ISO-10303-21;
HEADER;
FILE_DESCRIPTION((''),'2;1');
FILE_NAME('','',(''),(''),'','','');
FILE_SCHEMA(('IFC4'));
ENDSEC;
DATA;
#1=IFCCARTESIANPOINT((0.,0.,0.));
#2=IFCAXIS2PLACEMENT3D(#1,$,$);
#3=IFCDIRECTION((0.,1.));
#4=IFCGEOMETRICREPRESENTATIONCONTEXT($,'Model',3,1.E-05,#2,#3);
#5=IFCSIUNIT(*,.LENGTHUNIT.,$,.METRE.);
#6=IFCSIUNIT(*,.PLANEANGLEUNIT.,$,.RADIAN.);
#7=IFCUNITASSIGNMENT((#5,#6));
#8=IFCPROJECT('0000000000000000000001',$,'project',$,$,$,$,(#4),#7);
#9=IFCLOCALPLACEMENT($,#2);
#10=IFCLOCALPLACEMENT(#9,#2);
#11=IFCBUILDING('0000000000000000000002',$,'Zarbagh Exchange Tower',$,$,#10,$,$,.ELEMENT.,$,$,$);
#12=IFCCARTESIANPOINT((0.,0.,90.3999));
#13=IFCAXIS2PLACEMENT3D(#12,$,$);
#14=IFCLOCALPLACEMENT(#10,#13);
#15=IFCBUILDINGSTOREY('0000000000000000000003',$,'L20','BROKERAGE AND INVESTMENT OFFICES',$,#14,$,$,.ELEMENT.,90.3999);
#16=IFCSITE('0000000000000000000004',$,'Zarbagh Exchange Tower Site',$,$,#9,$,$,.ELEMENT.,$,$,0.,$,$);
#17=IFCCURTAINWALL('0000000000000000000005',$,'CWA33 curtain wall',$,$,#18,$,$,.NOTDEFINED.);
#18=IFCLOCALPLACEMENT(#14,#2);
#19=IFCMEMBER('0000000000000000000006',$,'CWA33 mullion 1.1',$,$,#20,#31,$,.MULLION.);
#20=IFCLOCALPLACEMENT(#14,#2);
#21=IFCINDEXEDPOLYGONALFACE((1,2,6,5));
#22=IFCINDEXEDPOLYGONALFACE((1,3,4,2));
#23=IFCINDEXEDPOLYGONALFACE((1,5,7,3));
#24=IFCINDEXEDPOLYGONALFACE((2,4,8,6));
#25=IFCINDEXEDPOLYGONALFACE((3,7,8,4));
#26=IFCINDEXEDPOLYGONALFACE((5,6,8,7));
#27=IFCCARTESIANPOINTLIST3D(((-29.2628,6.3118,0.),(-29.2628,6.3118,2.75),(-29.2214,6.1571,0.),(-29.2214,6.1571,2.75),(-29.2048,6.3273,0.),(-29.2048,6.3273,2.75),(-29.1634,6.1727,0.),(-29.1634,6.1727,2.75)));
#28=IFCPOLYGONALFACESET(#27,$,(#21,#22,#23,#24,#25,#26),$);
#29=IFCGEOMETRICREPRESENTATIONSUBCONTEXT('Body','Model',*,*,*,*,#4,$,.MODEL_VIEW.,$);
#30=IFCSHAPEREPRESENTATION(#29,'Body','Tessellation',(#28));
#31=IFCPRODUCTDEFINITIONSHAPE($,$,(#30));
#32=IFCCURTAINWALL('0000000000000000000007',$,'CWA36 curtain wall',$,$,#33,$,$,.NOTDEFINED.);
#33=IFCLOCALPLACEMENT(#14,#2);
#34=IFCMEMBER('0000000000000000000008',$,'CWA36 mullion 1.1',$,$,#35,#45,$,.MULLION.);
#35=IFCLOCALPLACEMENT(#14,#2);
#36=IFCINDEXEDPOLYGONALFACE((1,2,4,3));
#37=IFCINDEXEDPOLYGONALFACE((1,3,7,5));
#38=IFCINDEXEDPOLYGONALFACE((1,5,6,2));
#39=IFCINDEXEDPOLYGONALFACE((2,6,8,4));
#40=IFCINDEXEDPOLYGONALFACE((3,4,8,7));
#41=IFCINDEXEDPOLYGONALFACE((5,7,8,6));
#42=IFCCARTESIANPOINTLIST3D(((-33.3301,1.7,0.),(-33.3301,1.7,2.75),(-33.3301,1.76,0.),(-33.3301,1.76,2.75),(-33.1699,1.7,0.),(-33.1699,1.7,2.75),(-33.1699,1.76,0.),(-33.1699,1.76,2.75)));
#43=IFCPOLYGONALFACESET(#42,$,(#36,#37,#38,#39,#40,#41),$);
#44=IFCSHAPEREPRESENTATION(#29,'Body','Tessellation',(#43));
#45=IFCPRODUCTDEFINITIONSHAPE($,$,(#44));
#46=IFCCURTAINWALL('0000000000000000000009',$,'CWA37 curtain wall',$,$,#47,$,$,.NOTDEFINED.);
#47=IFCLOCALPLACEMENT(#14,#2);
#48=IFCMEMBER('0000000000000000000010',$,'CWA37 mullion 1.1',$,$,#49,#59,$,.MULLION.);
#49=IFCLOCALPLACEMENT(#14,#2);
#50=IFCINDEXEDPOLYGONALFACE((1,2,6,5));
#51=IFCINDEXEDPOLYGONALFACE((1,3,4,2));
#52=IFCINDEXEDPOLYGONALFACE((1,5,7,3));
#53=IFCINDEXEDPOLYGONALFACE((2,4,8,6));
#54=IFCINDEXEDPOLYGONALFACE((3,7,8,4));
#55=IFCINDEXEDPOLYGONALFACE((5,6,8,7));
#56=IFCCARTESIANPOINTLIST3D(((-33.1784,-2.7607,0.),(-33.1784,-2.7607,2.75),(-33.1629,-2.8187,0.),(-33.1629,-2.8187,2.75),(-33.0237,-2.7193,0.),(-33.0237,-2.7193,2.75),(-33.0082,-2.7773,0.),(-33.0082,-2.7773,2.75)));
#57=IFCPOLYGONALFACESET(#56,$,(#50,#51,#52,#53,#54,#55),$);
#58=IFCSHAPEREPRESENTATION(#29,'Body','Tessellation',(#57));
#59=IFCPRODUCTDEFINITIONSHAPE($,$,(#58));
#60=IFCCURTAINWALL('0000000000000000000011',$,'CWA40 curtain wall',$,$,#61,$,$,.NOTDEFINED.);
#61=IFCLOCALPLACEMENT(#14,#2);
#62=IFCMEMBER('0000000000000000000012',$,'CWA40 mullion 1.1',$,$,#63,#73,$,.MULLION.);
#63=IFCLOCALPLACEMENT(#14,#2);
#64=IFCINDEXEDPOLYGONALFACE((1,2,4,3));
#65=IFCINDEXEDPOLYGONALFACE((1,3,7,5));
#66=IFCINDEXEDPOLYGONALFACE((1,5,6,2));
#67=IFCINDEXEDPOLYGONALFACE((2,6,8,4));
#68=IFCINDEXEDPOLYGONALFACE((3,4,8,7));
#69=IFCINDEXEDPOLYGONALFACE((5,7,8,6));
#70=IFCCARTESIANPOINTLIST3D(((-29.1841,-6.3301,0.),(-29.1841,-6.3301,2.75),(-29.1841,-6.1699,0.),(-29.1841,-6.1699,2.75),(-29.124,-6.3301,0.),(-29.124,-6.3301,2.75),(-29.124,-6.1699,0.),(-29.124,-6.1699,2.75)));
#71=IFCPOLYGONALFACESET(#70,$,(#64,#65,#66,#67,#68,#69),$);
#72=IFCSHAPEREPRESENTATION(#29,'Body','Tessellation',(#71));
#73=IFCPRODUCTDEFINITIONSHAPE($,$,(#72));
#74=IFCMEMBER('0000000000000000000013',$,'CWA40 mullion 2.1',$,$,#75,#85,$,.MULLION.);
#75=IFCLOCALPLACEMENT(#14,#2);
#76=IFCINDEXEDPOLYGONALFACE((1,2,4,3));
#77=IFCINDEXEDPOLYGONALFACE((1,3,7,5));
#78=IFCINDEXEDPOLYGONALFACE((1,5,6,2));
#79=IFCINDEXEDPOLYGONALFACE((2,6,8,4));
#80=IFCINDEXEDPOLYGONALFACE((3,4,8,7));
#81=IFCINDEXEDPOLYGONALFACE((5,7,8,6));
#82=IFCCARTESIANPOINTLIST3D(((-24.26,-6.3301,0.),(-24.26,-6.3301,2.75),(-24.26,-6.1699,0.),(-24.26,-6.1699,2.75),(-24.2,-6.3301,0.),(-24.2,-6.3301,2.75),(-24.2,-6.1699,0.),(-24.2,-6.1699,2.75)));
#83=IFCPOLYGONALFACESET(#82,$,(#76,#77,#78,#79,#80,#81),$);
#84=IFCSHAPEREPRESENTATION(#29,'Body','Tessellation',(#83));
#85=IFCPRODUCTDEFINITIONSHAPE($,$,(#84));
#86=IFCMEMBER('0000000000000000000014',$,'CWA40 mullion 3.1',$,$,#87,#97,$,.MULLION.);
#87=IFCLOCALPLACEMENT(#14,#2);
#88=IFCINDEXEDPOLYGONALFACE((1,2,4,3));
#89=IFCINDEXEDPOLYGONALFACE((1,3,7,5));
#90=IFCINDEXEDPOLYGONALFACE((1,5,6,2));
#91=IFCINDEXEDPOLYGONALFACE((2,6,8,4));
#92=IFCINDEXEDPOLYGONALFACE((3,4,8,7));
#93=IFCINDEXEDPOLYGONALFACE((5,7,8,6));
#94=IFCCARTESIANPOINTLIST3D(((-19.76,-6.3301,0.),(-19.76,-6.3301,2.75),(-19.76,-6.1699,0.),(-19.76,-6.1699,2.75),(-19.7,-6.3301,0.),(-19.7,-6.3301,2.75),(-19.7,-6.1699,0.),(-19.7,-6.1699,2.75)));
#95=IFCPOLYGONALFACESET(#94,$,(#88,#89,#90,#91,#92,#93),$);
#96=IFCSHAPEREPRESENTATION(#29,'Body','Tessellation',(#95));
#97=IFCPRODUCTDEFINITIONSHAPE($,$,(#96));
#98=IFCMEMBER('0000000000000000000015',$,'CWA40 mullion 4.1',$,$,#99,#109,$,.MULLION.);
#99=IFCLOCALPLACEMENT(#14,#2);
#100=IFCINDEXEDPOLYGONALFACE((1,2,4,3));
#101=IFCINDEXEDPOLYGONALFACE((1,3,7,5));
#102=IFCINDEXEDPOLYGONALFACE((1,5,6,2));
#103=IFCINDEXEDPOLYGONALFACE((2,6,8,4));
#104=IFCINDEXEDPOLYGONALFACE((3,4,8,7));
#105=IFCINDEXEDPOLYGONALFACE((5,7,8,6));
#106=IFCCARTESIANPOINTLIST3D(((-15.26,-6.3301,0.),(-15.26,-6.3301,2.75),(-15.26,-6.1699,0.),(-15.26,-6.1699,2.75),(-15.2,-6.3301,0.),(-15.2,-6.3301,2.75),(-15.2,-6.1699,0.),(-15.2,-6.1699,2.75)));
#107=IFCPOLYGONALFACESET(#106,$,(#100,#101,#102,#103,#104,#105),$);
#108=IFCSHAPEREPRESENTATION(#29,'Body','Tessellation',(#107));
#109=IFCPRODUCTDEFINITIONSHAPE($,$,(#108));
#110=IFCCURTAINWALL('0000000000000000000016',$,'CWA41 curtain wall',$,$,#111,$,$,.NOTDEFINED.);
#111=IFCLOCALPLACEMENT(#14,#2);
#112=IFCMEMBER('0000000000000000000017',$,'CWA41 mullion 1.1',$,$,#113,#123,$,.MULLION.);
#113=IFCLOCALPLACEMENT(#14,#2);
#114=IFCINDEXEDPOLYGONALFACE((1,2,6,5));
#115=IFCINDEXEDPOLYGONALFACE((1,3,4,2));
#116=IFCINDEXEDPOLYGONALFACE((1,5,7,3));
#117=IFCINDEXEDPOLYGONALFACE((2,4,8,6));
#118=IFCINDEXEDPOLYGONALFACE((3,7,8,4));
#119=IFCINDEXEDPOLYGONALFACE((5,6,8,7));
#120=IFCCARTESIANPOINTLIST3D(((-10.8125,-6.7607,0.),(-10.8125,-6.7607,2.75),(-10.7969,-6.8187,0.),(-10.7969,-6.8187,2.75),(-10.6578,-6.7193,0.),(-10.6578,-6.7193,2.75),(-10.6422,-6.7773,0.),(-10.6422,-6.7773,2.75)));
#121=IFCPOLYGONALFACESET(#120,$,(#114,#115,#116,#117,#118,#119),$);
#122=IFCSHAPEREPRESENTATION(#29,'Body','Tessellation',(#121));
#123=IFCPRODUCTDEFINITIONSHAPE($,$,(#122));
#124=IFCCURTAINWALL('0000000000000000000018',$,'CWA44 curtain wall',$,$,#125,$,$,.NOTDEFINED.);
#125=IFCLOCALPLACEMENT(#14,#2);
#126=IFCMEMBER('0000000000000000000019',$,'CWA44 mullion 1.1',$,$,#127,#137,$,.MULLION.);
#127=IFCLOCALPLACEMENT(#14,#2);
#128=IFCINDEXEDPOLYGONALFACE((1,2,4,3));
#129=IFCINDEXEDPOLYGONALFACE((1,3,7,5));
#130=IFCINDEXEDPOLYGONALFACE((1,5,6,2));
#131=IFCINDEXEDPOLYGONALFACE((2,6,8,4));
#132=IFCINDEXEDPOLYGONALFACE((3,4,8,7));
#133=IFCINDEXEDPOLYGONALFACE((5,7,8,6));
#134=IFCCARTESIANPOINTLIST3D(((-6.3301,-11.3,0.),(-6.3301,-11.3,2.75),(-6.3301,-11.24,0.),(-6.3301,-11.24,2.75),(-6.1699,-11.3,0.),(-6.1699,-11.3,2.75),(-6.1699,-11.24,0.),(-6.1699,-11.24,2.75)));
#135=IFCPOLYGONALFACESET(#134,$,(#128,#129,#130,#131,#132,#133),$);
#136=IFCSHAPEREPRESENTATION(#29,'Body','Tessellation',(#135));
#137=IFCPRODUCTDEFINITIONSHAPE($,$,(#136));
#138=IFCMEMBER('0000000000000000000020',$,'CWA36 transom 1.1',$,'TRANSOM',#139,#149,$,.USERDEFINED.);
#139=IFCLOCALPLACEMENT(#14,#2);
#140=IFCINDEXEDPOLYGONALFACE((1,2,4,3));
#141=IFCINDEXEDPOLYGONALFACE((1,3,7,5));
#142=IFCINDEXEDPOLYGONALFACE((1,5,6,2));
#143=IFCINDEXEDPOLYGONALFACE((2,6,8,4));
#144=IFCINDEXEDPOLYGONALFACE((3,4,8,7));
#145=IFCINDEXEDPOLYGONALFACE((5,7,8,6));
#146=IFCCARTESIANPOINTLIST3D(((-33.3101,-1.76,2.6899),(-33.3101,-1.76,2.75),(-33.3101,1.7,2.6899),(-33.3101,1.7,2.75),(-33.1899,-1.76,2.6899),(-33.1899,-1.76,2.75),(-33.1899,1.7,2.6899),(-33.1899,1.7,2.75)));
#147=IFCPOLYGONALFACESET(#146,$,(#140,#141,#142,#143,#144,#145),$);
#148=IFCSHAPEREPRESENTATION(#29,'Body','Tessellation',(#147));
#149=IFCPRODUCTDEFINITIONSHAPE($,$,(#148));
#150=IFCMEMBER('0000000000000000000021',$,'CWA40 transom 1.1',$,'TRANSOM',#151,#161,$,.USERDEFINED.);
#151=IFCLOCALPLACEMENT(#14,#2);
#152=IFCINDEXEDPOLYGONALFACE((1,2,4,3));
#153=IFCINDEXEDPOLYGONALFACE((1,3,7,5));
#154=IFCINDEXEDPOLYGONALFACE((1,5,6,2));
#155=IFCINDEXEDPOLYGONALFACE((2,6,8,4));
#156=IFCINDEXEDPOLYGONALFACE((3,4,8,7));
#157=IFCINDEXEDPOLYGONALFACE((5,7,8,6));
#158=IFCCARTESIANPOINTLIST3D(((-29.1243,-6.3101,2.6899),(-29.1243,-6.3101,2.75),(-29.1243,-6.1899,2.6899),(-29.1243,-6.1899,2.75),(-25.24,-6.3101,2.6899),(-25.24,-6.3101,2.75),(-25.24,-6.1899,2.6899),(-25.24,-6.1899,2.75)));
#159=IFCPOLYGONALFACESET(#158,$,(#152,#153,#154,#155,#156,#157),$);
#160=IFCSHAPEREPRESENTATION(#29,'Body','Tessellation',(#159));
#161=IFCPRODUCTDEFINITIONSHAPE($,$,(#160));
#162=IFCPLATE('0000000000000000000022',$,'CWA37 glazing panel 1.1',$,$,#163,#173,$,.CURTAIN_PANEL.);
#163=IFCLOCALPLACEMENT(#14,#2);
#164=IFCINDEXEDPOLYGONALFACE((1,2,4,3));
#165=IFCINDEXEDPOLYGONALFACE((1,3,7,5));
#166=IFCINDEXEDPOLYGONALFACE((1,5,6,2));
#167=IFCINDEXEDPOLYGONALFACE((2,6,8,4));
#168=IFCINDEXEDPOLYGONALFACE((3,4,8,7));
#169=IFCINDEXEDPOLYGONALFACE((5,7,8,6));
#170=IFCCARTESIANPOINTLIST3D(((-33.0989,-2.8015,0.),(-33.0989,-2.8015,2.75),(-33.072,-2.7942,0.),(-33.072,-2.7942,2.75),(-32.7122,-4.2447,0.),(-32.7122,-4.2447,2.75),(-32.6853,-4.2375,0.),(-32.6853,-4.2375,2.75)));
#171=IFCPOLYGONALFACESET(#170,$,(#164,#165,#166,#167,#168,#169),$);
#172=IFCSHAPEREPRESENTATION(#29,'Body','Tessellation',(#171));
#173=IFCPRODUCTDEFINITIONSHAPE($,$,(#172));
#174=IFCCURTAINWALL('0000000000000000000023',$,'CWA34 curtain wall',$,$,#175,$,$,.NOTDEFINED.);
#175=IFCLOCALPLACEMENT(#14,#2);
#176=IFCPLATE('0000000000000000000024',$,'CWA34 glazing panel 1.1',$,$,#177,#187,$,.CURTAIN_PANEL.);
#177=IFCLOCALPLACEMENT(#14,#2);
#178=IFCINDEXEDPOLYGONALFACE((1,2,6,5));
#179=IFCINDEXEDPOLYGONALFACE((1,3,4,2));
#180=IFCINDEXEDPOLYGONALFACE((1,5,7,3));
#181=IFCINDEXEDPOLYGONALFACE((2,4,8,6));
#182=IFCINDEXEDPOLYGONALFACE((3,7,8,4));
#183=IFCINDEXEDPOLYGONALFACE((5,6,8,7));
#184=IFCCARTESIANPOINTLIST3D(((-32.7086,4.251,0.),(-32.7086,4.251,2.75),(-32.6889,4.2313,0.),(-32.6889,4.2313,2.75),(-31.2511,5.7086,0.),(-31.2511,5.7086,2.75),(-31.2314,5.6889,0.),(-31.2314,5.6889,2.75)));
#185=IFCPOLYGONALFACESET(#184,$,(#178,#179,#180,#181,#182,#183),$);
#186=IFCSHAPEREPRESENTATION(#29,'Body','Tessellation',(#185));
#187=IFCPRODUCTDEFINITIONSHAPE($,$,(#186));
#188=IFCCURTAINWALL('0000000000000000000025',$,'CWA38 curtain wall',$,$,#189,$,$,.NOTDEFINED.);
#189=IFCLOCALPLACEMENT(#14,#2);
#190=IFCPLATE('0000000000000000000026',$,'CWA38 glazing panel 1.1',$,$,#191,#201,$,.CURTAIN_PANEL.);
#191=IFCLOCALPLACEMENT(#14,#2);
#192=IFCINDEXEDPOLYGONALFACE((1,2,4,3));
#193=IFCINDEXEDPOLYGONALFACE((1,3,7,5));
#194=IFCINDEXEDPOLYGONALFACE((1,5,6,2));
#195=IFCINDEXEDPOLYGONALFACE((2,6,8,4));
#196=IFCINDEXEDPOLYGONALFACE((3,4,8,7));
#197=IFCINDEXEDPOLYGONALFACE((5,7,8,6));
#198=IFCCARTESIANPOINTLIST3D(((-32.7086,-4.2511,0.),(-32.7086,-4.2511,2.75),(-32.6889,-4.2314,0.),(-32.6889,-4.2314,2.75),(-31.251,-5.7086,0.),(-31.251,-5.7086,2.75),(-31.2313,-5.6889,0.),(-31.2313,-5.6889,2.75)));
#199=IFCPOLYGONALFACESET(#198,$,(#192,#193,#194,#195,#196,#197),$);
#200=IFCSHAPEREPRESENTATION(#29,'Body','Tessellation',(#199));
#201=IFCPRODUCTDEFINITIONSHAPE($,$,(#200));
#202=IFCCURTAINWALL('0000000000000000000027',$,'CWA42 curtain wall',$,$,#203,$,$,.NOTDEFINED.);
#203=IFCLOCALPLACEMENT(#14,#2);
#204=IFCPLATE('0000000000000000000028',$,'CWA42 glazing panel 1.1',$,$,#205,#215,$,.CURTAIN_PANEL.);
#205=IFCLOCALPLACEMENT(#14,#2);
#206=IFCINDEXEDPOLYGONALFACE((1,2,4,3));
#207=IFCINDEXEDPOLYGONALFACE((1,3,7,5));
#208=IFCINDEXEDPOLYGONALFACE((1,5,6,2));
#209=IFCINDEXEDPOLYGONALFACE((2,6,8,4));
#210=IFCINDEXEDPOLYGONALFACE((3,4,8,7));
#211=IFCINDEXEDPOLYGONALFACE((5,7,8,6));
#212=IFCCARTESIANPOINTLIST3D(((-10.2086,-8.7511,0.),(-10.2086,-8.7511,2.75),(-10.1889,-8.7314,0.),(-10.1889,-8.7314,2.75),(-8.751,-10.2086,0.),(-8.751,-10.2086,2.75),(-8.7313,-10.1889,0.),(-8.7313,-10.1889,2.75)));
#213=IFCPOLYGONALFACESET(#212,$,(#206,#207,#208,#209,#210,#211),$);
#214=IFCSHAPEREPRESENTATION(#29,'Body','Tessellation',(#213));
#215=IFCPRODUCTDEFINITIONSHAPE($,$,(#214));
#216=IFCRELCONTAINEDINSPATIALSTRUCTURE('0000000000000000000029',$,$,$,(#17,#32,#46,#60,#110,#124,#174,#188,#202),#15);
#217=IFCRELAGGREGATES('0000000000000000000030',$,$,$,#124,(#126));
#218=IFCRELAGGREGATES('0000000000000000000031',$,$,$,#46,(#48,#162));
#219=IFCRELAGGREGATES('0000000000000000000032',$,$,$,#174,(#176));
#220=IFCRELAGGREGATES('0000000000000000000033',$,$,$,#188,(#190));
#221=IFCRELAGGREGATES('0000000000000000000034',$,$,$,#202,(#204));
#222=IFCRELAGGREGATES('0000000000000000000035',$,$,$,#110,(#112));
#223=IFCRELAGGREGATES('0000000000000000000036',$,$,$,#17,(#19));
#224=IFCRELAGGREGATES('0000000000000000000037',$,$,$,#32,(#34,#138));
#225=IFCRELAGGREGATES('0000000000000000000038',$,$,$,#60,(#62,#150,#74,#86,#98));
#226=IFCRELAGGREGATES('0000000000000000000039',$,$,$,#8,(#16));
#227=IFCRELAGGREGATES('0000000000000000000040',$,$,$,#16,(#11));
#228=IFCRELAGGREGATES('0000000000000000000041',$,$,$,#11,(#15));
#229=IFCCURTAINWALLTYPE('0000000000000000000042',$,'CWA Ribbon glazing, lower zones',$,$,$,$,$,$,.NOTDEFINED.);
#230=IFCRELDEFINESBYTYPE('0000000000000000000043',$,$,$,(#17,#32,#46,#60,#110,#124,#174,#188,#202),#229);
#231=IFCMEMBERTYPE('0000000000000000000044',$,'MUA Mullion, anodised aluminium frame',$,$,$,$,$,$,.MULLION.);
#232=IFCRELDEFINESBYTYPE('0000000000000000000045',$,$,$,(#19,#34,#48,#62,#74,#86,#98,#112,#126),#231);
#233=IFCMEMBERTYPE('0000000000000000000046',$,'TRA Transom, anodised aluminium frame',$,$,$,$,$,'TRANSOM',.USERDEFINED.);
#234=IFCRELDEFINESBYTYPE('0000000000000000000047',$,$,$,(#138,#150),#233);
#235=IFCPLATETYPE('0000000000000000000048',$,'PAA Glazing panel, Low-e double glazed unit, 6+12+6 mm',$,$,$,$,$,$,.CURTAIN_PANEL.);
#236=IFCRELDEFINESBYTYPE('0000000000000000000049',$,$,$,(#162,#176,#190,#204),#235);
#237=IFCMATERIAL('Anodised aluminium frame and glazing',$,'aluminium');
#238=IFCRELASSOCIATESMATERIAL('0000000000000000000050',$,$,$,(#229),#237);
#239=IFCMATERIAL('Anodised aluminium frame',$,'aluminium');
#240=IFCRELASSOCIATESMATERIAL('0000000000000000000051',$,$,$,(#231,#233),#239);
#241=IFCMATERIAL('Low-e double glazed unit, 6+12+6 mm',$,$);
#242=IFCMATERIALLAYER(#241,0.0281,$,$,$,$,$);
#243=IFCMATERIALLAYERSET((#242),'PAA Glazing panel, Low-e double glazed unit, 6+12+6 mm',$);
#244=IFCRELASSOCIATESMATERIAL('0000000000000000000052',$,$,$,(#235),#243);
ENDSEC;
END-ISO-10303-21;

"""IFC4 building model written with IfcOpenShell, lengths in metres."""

from ifc_helpers import new_model, si_unit, direction, frame, origin, place, context, subcontext, project, spatial, polyline, outline, extrude, source, transform, mapped, material, layer, layer_set, type_object, element, aggregate, save


model = new_model("IFC4")

# Units and contexts
model_context = context("Model", 3, precision=1e-05, world=origin(), true_north=direction((0.0, 1.0)))
body_context = subcontext(model_context, "Body", "Model", "MODEL_VIEW")
ifc_project = project(units=[si_unit("LENGTHUNIT", "METRE"), si_unit("PLANEANGLEUNIT", "RADIAN")], contexts=[model_context])

# Site, building, storey
site_placement = place(None, origin())
site = spatial("IfcSite", under=ifc_project, at=site_placement, Name="Zarbagh Exchange Tower Site", CompositionType="ELEMENT", RefElevation=0.0)
building_placement = place(site_placement, origin())
building = spatial("IfcBuilding", under=site, at=building_placement, Name="Zarbagh Exchange Tower", CompositionType="ELEMENT")
storey_placement = place(building_placement, frame((0.0, 0.0, 90.3999)))
storey = spatial("IfcBuildingStorey", under=building, at=storey_placement, Name="L20", Description="BROKERAGE AND INVESTMENT OFFICES", CompositionType="ELEMENT", Elevation=90.3999)

# Curtain walls, members
ifc_material_1 = material(Name="Anodised aluminium frame and glazing", Category="aluminium")
curtain_wall_type = type_object("IfcCurtainWallType", Name="CWA Ribbon glazing, lower zones", PredefinedType="NOTDEFINED", material=ifc_material_1)
curtain_wall_1_placement = place(storey_placement, origin())
curtain_wall_1 = element("IfcCurtainWall", 1, at=curtain_wall_1_placement, inside=storey, type_object=curtain_wall_type, Name="CWA33 curtain wall", PredefinedType="NOTDEFINED")
ifc_material_2 = material(Name="Anodised aluminium frame", Category="aluminium")
member_type_1 = type_object("IfcMemberType", Name="MUA Mullion, anodised aluminium frame", PredefinedType="MULLION", material=ifc_material_2)
shared_shape_1 = source(origin(), body_context, "Body", "SweptSolid", [
    extrude(outline(polyline([(0.0, -0.0801), (0.0601, -0.0801), (0.0601, 0.0801), (0.0, 0.0801), (0.0, -0.0801)])), origin(), (0.0, 0.0, 1.0), 2.75),
])
placement = place(storey_placement, origin())
member_1 = element("IfcMember", 2, at=placement, type_object=member_type_1, Name="CWA33 mullion 1.1", PredefinedType="MULLION", context=body_context, shape_type="MappedRepresentation", body=[
    mapped(shared_shape_1, transform((-29.1841, 6.25, 0.0), x_axis=(-0.965924, -0.258825, 0.0), y_axis=(0.258825, -0.965924, 0.0), z_axis=(0.0, 0.0, 1.0))),
])
curtain_wall_2_placement = place(storey_placement, origin())
curtain_wall_2 = element("IfcCurtainWall", 3, at=curtain_wall_2_placement, inside=storey, type_object=curtain_wall_type, Name="CWA36 curtain wall", PredefinedType="NOTDEFINED")
member_2 = element("IfcMember", 4, at=placement, type_object=member_type_1, Name="CWA36 mullion 1.1", PredefinedType="MULLION", context=body_context, shape_type="MappedRepresentation", body=[
    mapped(shared_shape_1, transform((-33.25, 1.76, 0.0), x_axis=(0.0, -1.0, 0.0), y_axis=(1.0, 0.0, 0.0), z_axis=(0.0, 0.0, 1.0))),
])
curtain_wall_3_placement = place(storey_placement, origin())
curtain_wall_3 = element("IfcCurtainWall", 5, at=curtain_wall_3_placement, inside=storey, type_object=curtain_wall_type, Name="CWA37 curtain wall", PredefinedType="NOTDEFINED")
member_3 = element("IfcMember", 6, at=placement, type_object=member_type_1, Name="CWA37 mullion 1.1", PredefinedType="MULLION", context=body_context, shape_type="MappedRepresentation", body=[
    mapped(shared_shape_1, transform((-33.1011, -2.74, 0.0), x_axis=(0.258825, -0.965924, 0.0), y_axis=(0.965924, 0.258825, 0.0), z_axis=(0.0, 0.0, 1.0))),
])

# Curtain wall, members
curtain_wall_4_placement = place(storey_placement, origin())
curtain_wall_4 = element("IfcCurtainWall", 7, at=curtain_wall_4_placement, inside=storey, type_object=curtain_wall_type, Name="CWA40 curtain wall", PredefinedType="NOTDEFINED")
member_4 = element("IfcMember", 8, at=placement, type_object=member_type_1, Name="CWA40 mullion 1.1", PredefinedType="MULLION", context=body_context, shape_type="MappedRepresentation", body=[
    mapped(shared_shape_1, transform((-29.1841, -6.25, 0.0), x_axis=(1.0, 0.0, 0.0), y_axis=(0.0, 1.0, 0.0), z_axis=(0.0, 0.0, 1.0))),
])
member_5 = element("IfcMember", 9, at=placement, type_object=member_type_1, Name="CWA40 mullion 2.1", PredefinedType="MULLION", context=body_context, shape_type="MappedRepresentation", body=[
    mapped(shared_shape_1, transform((-24.26, -6.25, 0.0), x_axis=(1.0, 0.0, 0.0), y_axis=(0.0, 1.0, 0.0), z_axis=(0.0, 0.0, 1.0))),
])
member_6 = element("IfcMember", 10, at=placement, type_object=member_type_1, Name="CWA40 mullion 3.1", PredefinedType="MULLION", context=body_context, shape_type="MappedRepresentation", body=[
    mapped(shared_shape_1, transform((-19.76, -6.25, 0.0), x_axis=(1.0, 0.0, 0.0), y_axis=(0.0, 1.0, 0.0), z_axis=(0.0, 0.0, 1.0))),
])
member_7 = element("IfcMember", 11, at=placement, type_object=member_type_1, Name="CWA40 mullion 4.1", PredefinedType="MULLION", context=body_context, shape_type="MappedRepresentation", body=[
    mapped(shared_shape_1, transform((-15.26, -6.25, 0.0), x_axis=(1.0, 0.0, 0.0), y_axis=(0.0, 1.0, 0.0), z_axis=(0.0, 0.0, 1.0))),
])

# Curtain walls, members
curtain_wall_5_placement = place(storey_placement, origin())
curtain_wall_5 = element("IfcCurtainWall", 12, at=curtain_wall_5_placement, inside=storey, type_object=curtain_wall_type, Name="CWA41 curtain wall", PredefinedType="NOTDEFINED")
member_8 = element("IfcMember", 13, at=placement, type_object=member_type_1, Name="CWA41 mullion 1.1", PredefinedType="MULLION", context=body_context, shape_type="MappedRepresentation", body=[
    mapped(shared_shape_1, transform((-10.7351, -6.74, 0.0), x_axis=(0.258825, -0.965924, 0.0), y_axis=(0.965924, 0.258825, 0.0), z_axis=(0.0, 0.0, 1.0))),
])
curtain_wall_6_placement = place(storey_placement, origin())
curtain_wall_6 = element("IfcCurtainWall", 14, at=curtain_wall_6_placement, inside=storey, type_object=curtain_wall_type, Name="CWA44 curtain wall", PredefinedType="NOTDEFINED")
member_9 = element("IfcMember", 15, at=placement, type_object=member_type_1, Name="CWA44 mullion 1.1", PredefinedType="MULLION", context=body_context, shape_type="MappedRepresentation", body=[
    mapped(shared_shape_1, transform((-6.25, -11.24, 0.0), x_axis=(0.0, -1.0, 0.0), y_axis=(1.0, 0.0, 0.0), z_axis=(0.0, 0.0, 1.0))),
])
aggregate(curtain_wall_6, [member_9])

# Members
member_type_2 = type_object("IfcMemberType", Name="TRA Transom, anodised aluminium frame", ElementType="TRANSOM", PredefinedType="USERDEFINED", material=ifc_material_2)
shared_shape_2 = source(origin(), body_context, "Body", "SweptSolid", [
    extrude(outline(polyline([(-0.0601, -0.0601), (0.0, -0.0601), (0.0, 0.0601), (-0.0601, 0.0601), (-0.0601, -0.0601)])), origin(), (0.0, 0.0, 1.0), 3.46),
])
member_10 = element("IfcMember", 16, at=placement, type_object=member_type_2, Name="CWA36 transom 1.1", ObjectType="TRANSOM", PredefinedType="USERDEFINED", context=body_context, shape_type="MappedRepresentation", body=[
    mapped(shared_shape_2, transform((-33.25, 1.7, 2.75), x_axis=(0.0, 0.0, 1.0), y_axis=(-1.0, 0.0, 0.0), z_axis=(0.0, -1.0, 0.0))),
])
shared_shape_3 = source(origin(), body_context, "Body", "SweptSolid", [
    extrude(outline(polyline([(-0.0601, -0.0601), (0.0, -0.0601), (0.0, 0.0601), (-0.0601, 0.0601), (-0.0601, -0.0601)])), origin(), (0.0, 0.0, 1.0), 3.8843),
])
member_11 = element("IfcMember", 17, at=placement, type_object=member_type_2, Name="CWA40 transom 1.1", ObjectType="TRANSOM", PredefinedType="USERDEFINED", context=body_context, shape_type="MappedRepresentation", body=[
    mapped(shared_shape_3, transform((-29.1243, -6.25, 2.75), x_axis=(0.0, 0.0, 1.0), y_axis=(0.0, -1.0, 0.0), z_axis=(1.0, 0.0, 0.0))),
])

# Plate
ifc_material_3 = material(Name="Low-e double glazed unit, 6+12+6 mm")
ifc_layer = layer(ifc_material_3, 0.0281)
ifc_layer_set = layer_set([ifc_layer], Name="PAA Glazing panel, Low-e double glazed unit, 6+12+6 mm")
plate_type = type_object("IfcPlateType", Name="PAA Glazing panel, Low-e double glazed unit, 6+12+6 mm", PredefinedType="CURTAIN_PANEL", material=ifc_layer_set)
shared_shape_4 = source(origin(), body_context, "Body", "SweptSolid", [
    extrude(outline(polyline([(0.0, -0.0139), (1.4941, -0.0139), (1.4941, 0.0139), (0.0, 0.0139), (0.0, -0.0139)])), origin(), (0.0, 0.0, 1.0), 2.75),
])
plate_1 = element("IfcPlate", 18, at=placement, type_object=plate_type, Name="CWA37 glazing panel 1.1", PredefinedType="CURTAIN_PANEL", context=body_context, shape_type="MappedRepresentation", body=[
    mapped(shared_shape_4, transform((-33.0854, -2.7979, 0.0), x_axis=(0.258825, -0.965924, 0.0), y_axis=(0.965924, 0.258825, 0.0), z_axis=(0.0, 0.0, 1.0))),
])
aggregate(curtain_wall_3, [member_3, plate_1])

# Curtain walls, plates
curtain_wall_7_placement = place(storey_placement, origin())
curtain_wall_7 = element("IfcCurtainWall", 19, at=curtain_wall_7_placement, inside=storey, type_object=curtain_wall_type, Name="CWA34 curtain wall", PredefinedType="NOTDEFINED")
shared_shape_5 = source(origin(), body_context, "Body", "SweptSolid", [
    extrude(outline(polyline([(0.0, -0.0139), (2.0613, -0.0139), (2.0613, 0.0139), (0.0, 0.0139), (0.0, -0.0139)])), origin(), (0.0, 0.0, 1.0), 2.75),
])
plate_2 = element("IfcPlate", 20, at=placement, type_object=plate_type, Name="CWA34 glazing panel 1.1", PredefinedType="CURTAIN_PANEL", context=body_context, shape_type="MappedRepresentation", body=[
    mapped(shared_shape_5, transform((-31.2412, 5.6987, 0.0), x_axis=(-0.707107, -0.707107, 0.0), y_axis=(0.707107, -0.707107, 0.0), z_axis=(0.0, 0.0, 1.0))),
])
aggregate(curtain_wall_7, [plate_2])
curtain_wall_8_placement = place(storey_placement, origin())
curtain_wall_8 = element("IfcCurtainWall", 21, at=curtain_wall_8_placement, inside=storey, type_object=curtain_wall_type, Name="CWA38 curtain wall", PredefinedType="NOTDEFINED")
plate_3 = element("IfcPlate", 22, at=placement, type_object=plate_type, Name="CWA38 glazing panel 1.1", PredefinedType="CURTAIN_PANEL", context=body_context, shape_type="MappedRepresentation", body=[
    mapped(shared_shape_5, transform((-32.6987, -4.2412, 0.0), x_axis=(0.707107, -0.707107, 0.0), y_axis=(0.707107, 0.707107, 0.0), z_axis=(0.0, 0.0, 1.0))),
])
aggregate(curtain_wall_8, [plate_3])
curtain_wall_9_placement = place(storey_placement, origin())
curtain_wall_9 = element("IfcCurtainWall", 23, at=curtain_wall_9_placement, inside=storey, type_object=curtain_wall_type, Name="CWA42 curtain wall", PredefinedType="NOTDEFINED")
plate_4 = element("IfcPlate", 24, at=placement, type_object=plate_type, Name="CWA42 glazing panel 1.1", PredefinedType="CURTAIN_PANEL", context=body_context, shape_type="MappedRepresentation", body=[
    mapped(shared_shape_5, transform((-10.1987, -8.7412, 0.0), x_axis=(0.707107, -0.707107, 0.0), y_axis=(0.707107, 0.707107, 0.0), z_axis=(0.0, 0.0, 1.0))),
])
aggregate(curtain_wall_9, [plate_4])

aggregate(curtain_wall_5, [member_8])

aggregate(curtain_wall_1, [member_1])

aggregate(curtain_wall_2, [member_2, member_10])
aggregate(curtain_wall_4, [member_4, member_11, member_5, member_6, member_7])

save(model, "model.ifc")
